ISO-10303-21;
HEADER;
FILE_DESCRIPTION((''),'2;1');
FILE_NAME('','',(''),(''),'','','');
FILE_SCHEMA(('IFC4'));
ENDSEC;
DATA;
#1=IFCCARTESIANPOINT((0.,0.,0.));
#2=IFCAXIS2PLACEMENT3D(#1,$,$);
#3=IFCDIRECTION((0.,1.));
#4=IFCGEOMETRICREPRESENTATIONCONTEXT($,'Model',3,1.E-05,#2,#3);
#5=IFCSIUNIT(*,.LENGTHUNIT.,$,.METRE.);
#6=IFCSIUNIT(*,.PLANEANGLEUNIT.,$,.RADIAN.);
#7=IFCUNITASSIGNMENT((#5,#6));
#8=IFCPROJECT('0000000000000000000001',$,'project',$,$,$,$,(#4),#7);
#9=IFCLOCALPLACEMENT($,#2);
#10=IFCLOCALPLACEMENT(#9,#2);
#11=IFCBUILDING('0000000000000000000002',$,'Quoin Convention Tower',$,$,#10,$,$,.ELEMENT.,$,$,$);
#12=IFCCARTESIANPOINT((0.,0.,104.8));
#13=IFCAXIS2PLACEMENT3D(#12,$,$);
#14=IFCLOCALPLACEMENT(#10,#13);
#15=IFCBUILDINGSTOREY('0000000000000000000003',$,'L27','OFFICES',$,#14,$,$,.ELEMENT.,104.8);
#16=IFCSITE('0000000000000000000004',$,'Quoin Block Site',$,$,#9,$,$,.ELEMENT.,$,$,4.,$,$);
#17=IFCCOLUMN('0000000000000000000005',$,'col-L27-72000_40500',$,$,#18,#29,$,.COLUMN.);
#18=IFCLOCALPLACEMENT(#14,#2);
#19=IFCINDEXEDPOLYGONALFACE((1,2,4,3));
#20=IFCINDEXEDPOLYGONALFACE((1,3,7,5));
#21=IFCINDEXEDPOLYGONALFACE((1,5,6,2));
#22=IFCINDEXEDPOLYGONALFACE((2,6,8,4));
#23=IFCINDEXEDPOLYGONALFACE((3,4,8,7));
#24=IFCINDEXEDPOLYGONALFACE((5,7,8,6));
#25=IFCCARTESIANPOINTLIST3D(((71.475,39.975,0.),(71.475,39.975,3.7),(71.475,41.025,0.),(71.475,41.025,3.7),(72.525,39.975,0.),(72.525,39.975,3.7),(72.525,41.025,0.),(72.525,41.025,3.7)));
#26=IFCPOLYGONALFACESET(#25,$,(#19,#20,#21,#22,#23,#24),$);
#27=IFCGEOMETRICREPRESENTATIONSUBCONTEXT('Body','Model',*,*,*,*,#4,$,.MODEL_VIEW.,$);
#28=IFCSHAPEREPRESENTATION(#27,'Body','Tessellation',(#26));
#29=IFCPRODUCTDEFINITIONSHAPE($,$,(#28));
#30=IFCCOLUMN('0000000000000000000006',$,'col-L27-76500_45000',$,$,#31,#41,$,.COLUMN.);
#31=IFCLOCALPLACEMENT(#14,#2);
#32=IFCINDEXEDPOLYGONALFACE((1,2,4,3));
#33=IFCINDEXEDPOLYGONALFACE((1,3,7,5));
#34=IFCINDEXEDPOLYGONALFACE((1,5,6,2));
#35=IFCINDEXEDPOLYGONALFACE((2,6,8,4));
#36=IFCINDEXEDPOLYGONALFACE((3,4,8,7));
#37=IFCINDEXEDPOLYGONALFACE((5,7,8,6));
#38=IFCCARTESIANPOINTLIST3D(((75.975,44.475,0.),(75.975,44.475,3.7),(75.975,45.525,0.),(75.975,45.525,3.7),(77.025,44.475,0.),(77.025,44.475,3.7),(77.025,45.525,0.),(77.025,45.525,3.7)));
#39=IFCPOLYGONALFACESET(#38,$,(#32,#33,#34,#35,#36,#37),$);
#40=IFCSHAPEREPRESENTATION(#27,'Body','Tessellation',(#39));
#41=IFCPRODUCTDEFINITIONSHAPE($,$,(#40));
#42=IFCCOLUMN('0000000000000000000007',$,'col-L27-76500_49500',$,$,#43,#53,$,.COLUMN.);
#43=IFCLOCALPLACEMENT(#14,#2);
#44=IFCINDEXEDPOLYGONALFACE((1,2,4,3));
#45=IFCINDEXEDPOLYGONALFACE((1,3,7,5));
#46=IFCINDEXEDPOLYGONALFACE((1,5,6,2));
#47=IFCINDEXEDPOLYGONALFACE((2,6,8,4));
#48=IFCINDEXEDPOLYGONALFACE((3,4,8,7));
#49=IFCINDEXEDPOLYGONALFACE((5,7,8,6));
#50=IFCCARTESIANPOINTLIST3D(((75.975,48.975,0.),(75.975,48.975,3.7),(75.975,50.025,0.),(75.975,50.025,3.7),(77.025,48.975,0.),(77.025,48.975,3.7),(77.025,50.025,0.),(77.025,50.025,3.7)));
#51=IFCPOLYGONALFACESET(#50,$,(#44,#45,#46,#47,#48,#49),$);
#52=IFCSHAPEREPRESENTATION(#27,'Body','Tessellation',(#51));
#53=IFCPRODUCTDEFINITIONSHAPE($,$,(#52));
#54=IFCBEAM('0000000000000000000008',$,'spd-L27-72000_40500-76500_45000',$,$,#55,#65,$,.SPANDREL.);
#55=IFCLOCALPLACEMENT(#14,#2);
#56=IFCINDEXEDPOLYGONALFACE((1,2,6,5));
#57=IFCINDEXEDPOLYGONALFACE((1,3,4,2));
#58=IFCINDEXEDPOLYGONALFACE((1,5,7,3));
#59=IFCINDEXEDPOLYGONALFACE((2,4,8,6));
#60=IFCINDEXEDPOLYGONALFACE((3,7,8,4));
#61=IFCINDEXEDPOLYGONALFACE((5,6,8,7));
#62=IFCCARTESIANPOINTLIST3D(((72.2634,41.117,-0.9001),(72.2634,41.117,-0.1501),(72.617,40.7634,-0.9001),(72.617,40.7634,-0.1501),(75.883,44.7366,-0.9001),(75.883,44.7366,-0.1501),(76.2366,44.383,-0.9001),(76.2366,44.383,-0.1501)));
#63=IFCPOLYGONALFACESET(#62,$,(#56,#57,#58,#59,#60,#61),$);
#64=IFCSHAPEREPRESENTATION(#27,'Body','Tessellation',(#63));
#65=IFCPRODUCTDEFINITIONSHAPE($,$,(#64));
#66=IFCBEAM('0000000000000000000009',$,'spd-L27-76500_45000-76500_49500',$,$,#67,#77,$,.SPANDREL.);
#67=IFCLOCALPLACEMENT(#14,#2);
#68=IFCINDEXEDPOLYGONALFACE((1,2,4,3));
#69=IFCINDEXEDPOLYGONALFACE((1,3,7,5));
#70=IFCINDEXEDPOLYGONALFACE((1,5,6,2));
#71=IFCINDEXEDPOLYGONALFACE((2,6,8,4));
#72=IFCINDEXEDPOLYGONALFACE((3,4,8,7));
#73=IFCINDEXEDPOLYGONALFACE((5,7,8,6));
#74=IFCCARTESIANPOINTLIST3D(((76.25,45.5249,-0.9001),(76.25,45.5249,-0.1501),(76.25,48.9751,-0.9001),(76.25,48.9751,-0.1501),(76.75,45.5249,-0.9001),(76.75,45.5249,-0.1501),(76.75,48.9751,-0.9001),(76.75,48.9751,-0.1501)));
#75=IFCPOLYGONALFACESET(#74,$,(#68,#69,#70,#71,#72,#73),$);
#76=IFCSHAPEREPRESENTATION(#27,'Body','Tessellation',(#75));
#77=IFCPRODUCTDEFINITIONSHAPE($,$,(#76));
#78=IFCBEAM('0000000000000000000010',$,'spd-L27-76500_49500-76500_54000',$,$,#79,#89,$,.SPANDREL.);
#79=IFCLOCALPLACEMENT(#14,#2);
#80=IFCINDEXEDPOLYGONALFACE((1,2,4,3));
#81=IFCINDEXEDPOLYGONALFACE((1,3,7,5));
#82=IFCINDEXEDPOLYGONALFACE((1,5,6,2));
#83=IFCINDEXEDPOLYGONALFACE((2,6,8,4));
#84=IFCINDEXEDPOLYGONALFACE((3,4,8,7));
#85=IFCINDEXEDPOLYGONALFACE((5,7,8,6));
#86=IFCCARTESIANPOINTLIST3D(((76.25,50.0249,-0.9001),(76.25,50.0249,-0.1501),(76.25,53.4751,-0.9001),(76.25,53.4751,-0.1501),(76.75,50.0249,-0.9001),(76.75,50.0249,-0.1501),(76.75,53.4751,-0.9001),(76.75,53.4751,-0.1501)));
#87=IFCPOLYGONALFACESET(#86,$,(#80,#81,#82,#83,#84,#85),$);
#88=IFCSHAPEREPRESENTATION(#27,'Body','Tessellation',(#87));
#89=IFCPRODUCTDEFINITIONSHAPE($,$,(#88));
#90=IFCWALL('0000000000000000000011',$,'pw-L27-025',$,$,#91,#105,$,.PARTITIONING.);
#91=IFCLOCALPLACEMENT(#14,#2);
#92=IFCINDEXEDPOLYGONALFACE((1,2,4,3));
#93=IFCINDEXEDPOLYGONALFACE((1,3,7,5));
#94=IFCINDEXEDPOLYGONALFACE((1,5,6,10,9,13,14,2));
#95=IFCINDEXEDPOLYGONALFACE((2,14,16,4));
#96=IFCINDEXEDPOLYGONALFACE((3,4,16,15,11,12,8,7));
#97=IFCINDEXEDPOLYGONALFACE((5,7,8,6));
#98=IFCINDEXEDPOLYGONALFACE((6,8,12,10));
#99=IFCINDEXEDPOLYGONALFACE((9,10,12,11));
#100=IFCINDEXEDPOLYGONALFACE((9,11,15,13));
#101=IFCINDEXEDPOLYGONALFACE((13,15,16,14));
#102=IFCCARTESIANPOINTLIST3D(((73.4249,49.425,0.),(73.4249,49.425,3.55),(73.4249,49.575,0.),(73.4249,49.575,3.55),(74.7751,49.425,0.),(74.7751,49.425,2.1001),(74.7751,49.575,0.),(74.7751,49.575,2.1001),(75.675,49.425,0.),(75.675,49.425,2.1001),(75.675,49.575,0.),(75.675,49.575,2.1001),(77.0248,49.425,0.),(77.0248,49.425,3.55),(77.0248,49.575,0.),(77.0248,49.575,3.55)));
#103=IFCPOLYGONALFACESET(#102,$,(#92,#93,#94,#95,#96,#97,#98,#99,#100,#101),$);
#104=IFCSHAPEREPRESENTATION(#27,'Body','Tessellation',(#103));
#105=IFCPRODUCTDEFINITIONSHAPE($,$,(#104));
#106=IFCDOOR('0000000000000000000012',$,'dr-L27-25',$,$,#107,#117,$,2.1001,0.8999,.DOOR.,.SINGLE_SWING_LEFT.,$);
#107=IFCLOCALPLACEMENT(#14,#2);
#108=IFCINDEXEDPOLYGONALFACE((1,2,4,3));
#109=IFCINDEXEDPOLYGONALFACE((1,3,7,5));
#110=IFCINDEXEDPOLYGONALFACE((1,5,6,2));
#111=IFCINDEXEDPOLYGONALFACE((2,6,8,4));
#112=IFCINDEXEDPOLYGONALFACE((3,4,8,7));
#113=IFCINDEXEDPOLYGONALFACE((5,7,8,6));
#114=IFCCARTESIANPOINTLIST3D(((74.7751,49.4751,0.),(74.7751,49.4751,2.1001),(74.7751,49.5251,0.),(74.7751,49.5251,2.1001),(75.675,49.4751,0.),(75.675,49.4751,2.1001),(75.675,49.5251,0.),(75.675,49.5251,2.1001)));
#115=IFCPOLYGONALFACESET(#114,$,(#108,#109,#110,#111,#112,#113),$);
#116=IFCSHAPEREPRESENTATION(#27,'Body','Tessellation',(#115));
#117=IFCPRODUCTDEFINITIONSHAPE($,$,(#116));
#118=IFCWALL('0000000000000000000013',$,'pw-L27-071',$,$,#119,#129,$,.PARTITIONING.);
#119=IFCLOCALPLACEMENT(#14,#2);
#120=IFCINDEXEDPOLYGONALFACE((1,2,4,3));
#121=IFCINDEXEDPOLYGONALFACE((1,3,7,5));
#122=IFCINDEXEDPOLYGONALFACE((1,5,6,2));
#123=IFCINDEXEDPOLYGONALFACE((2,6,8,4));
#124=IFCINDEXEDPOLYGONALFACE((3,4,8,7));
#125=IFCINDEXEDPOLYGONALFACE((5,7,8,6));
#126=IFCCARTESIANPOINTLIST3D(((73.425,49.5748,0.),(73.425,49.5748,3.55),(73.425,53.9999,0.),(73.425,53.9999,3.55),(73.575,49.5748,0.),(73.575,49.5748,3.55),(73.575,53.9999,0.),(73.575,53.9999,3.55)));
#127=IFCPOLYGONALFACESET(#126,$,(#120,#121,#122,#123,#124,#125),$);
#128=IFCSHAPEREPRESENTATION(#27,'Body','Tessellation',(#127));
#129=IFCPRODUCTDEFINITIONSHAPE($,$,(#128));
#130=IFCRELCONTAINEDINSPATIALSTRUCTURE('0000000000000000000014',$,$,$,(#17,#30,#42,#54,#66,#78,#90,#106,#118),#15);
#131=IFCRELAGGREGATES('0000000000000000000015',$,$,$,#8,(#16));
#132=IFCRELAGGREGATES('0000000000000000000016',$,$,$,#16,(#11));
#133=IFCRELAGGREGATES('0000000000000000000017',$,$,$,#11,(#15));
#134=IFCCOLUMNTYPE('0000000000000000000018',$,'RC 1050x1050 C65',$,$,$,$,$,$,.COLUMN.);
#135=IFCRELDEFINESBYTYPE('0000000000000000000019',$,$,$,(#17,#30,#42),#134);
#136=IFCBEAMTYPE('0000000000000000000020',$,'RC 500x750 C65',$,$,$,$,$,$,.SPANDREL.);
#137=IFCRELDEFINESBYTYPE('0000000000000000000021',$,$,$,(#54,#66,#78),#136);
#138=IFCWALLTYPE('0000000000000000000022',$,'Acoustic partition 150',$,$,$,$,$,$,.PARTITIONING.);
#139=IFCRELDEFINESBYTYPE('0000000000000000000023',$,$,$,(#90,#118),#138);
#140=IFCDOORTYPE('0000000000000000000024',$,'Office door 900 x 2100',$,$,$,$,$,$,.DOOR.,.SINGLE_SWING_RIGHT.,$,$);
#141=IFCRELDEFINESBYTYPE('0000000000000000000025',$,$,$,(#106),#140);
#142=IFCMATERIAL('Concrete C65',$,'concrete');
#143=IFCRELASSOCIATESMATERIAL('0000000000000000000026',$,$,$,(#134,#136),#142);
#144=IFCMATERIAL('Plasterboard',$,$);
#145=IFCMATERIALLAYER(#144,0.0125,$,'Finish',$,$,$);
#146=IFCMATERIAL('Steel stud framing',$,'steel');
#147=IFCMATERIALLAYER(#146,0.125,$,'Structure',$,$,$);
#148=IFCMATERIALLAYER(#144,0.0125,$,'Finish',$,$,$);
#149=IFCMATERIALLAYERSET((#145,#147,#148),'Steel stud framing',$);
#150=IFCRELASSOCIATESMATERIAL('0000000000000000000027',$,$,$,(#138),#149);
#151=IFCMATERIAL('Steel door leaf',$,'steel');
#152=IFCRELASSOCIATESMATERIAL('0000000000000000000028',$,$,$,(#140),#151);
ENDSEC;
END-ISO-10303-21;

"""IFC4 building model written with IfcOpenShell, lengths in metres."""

from ifc_helpers import new_model, si_unit, direction, frame, frame_2d, origin, origin_2d, place, context, subcontext, project, spatial, rectangle, extrude, material, layer, layer_set, material_profile, profile_set, type_object, element, fill, save


model = new_model("IFC4")

# Units and contexts
model_context = context("Model", 3, precision=1e-05, world=origin(), true_north=direction((0.0, 1.0)))
body_context = subcontext(model_context, "Body", "Model", "MODEL_VIEW")
ifc_project = project(units=[si_unit("LENGTHUNIT", "METRE"), si_unit("PLANEANGLEUNIT", "RADIAN")], contexts=[model_context])

# Site, building, storey
site_placement = place(None, origin())
site = spatial("IfcSite", under=ifc_project, at=site_placement, Name="Quoin Block Site", CompositionType="ELEMENT", RefElevation=4.0)
building_placement = place(site_placement, origin())
building = spatial("IfcBuilding", under=site, at=building_placement, Name="Quoin Convention Tower", CompositionType="ELEMENT")
storey_placement = place(building_placement, frame((0.0, 0.0, 104.8)))
storey = spatial("IfcBuildingStorey", under=building, at=storey_placement, Name="L27", Description="OFFICES", CompositionType="ELEMENT", Elevation=104.8)

# Columns
ifc_material_1 = material(Name="Concrete C65", Category="concrete")
ifc_material_profile_1 = material_profile(ifc_material_1, rectangle(XDim=1.05, YDim=1.05, at=origin_2d()), Name="RC 1050x1050")
ifc_profile_set_1 = profile_set([ifc_material_profile_1], Name="Concrete C65")
column_type = type_object("IfcColumnType", Name="RC 1050x1050 C65", PredefinedType="COLUMN", material=ifc_profile_set_1)
for number, where, z_axis, x_axis, name in (
    (1, (72.0, 40.5, 0.0), (0.0, 0.0, 1.0), (1.0, 0.0, 0.0), "col-L27-72000_40500"),
    (2, (76.5, 45.0, 0.0), (0.0, 0.0, 1.0), (1.0, 0.0, 0.0), "col-L27-76500_45000"),
    (3, (76.5, 49.5, 0.0), (0.0, 0.0, 1.0), (1.0, 0.0, 0.0), "col-L27-76500_49500"),
):
    element("IfcColumn", number, at=place(storey_placement, frame(where, z_axis=z_axis, x_axis=x_axis)), inside=storey, type_object=column_type, Name=name, PredefinedType="COLUMN", context=body_context, shape_type="SweptSolid", body=[
        extrude(rectangle(XDim=1.05, YDim=1.05, at=origin_2d()), origin(), (0.0, 0.0, 1.0), 3.7),
    ])

# Beams
ifc_material_profile_2 = material_profile(ifc_material_1, rectangle(XDim=0.5, YDim=0.75, at=origin_2d()), Name="RC 500x750")
ifc_profile_set_2 = profile_set([ifc_material_profile_2], Name="Concrete C65")
beam_type = type_object("IfcBeamType", Name="RC 500x750 C65", PredefinedType="SPANDREL", material=ifc_profile_set_2)
beam_placement = place(storey_placement, frame((72.4402, 40.9402, -0.5251), z_axis=(0.707107, 0.707107, 0.0), x_axis=(-0.707107, 0.707107, 0.0)))
element("IfcBeam", 4, at=beam_placement, inside=storey, type_object=beam_type, Name="spd-L27-72000_40500-76500_45000", PredefinedType="SPANDREL", context=body_context, shape_type="SweptSolid", body=[
    extrude(rectangle(XDim=0.5, YDim=0.75, at=origin_2d()), origin(), (0.0, 0.0, 1.0), 5.1189),
])
for number, where, z_axis, x_axis, name in (
    (5, (76.5, 45.5249, -0.5251), (0.0, 1.0, 0.0), (-1.0, 0.0, 0.0), "spd-L27-76500_45000-76500_49500"),
    (6, (76.5, 50.0249, -0.5251), (0.0, 1.0, 0.0), (-1.0, 0.0, 0.0), "spd-L27-76500_49500-76500_54000"),
):
    element("IfcBeam", number, at=place(storey_placement, frame(where, z_axis=z_axis, x_axis=x_axis)), inside=storey, type_object=beam_type, Name=name, PredefinedType="SPANDREL", context=body_context, shape_type="SweptSolid", body=[
        extrude(rectangle(XDim=0.5, YDim=0.75, at=origin_2d()), origin(), (0.0, 0.0, 1.0), 3.4502),
    ])

# Wall, opening, door
ifc_material_2 = material(Name="Plasterboard")
ifc_layer_1 = layer(ifc_material_2, 0.0125, Name="Finish")
ifc_material_3 = material(Name="Steel stud framing", Category="steel")
ifc_layer_2 = layer(ifc_material_3, 0.125, Name="Structure")
ifc_layer_3 = layer(ifc_material_2, 0.0125, Name="Finish")
ifc_layer_set_1 = layer_set([ifc_layer_1, ifc_layer_2, ifc_layer_3], Name="Steel stud framing")
wall_type_1 = type_object("IfcWallType", Name="Acoustic partition 150", PredefinedType="PARTITIONING", material=ifc_layer_set_1)
wall_1_placement = place(storey_placement, frame((73.425, 49.5, 0.0), z_axis=(0.0, 0.0, 1.0), x_axis=(1.0, 0.0, 0.0)))
wall_1 = element("IfcWall", 7, at=wall_1_placement, inside=storey, type_object=wall_type_1, Name="pw-L27-025", PredefinedType="PARTITIONING", context=body_context, shape_type="SweptSolid", body=[
    extrude(rectangle(XDim=3.5999, YDim=0.1499, at=frame_2d((1.7998, 0.0))), origin(), (0.0, 0.0, 1.0), 3.55),
])
opening_1_placement = place(wall_1_placement, frame((1.3501, 0.0, 0.0)))
opening_1 = element("IfcOpeningElement", 8, at=opening_1_placement, cuts=wall_1, PredefinedType="OPENING", context=body_context, shape_type="SweptSolid", body=[
    extrude(rectangle(XDim=0.8999, YDim=2.1001, at=frame_2d((0.45, 1.05))), frame((0.0, 0.085, 0.0), z_axis=(0.0, -1.0, 0.0), x_axis=(1.0, 0.0, 0.0)), (0.0, 0.0, 1.0), 0.1699),
])
ifc_material_4 = material(Name="Steel door leaf", Category="steel")
door_type_1 = type_object("IfcDoorType", Name="Office door 900 x 2100", OperationType="SINGLE_SWING_RIGHT", PredefinedType="DOOR", material=ifc_material_4)
door_1_placement = place(opening_1_placement, frame((0.8999, 0.0, 0.0), z_axis=(0.0, 0.0, 1.0), x_axis=(-1.0, 0.0, 0.0)))
door_1 = element("IfcDoor", 9, at=door_1_placement, inside=storey, type_object=door_type_1, Name="dr-L27-25", OperationType="SINGLE_SWING_LEFT", OverallHeight=2.1001, OverallWidth=0.8999, PredefinedType="DOOR", context=body_context, shape_type="SweptSolid", body=[
    extrude(rectangle(XDim=0.8999, YDim=2.1001, at=frame_2d((0.45, 1.05))), frame((0.0, 0.0249, 0.0), z_axis=(0.0, -1.0, 0.0), x_axis=(1.0, 0.0, 0.0)), (0.0, 0.0, 1.0), 0.05),
])
fill(opening_1, door_1)

# Wall
wall_2_placement = place(storey_placement, frame((73.5, 49.575, 0.0), z_axis=(0.0, 0.0, 1.0), x_axis=(0.0, 1.0, 0.0)))
element("IfcWall", 10, at=wall_2_placement, inside=storey, type_object=wall_type_1, Name="pw-L27-071", PredefinedType="PARTITIONING", context=body_context, shape_type="SweptSolid", body=[
    extrude(rectangle(XDim=4.425, YDim=0.1499, at=frame_2d((2.2124, 0.0))), origin(), (0.0, 0.0, 1.0), 3.55),
])

save(model, "model.ifc")
